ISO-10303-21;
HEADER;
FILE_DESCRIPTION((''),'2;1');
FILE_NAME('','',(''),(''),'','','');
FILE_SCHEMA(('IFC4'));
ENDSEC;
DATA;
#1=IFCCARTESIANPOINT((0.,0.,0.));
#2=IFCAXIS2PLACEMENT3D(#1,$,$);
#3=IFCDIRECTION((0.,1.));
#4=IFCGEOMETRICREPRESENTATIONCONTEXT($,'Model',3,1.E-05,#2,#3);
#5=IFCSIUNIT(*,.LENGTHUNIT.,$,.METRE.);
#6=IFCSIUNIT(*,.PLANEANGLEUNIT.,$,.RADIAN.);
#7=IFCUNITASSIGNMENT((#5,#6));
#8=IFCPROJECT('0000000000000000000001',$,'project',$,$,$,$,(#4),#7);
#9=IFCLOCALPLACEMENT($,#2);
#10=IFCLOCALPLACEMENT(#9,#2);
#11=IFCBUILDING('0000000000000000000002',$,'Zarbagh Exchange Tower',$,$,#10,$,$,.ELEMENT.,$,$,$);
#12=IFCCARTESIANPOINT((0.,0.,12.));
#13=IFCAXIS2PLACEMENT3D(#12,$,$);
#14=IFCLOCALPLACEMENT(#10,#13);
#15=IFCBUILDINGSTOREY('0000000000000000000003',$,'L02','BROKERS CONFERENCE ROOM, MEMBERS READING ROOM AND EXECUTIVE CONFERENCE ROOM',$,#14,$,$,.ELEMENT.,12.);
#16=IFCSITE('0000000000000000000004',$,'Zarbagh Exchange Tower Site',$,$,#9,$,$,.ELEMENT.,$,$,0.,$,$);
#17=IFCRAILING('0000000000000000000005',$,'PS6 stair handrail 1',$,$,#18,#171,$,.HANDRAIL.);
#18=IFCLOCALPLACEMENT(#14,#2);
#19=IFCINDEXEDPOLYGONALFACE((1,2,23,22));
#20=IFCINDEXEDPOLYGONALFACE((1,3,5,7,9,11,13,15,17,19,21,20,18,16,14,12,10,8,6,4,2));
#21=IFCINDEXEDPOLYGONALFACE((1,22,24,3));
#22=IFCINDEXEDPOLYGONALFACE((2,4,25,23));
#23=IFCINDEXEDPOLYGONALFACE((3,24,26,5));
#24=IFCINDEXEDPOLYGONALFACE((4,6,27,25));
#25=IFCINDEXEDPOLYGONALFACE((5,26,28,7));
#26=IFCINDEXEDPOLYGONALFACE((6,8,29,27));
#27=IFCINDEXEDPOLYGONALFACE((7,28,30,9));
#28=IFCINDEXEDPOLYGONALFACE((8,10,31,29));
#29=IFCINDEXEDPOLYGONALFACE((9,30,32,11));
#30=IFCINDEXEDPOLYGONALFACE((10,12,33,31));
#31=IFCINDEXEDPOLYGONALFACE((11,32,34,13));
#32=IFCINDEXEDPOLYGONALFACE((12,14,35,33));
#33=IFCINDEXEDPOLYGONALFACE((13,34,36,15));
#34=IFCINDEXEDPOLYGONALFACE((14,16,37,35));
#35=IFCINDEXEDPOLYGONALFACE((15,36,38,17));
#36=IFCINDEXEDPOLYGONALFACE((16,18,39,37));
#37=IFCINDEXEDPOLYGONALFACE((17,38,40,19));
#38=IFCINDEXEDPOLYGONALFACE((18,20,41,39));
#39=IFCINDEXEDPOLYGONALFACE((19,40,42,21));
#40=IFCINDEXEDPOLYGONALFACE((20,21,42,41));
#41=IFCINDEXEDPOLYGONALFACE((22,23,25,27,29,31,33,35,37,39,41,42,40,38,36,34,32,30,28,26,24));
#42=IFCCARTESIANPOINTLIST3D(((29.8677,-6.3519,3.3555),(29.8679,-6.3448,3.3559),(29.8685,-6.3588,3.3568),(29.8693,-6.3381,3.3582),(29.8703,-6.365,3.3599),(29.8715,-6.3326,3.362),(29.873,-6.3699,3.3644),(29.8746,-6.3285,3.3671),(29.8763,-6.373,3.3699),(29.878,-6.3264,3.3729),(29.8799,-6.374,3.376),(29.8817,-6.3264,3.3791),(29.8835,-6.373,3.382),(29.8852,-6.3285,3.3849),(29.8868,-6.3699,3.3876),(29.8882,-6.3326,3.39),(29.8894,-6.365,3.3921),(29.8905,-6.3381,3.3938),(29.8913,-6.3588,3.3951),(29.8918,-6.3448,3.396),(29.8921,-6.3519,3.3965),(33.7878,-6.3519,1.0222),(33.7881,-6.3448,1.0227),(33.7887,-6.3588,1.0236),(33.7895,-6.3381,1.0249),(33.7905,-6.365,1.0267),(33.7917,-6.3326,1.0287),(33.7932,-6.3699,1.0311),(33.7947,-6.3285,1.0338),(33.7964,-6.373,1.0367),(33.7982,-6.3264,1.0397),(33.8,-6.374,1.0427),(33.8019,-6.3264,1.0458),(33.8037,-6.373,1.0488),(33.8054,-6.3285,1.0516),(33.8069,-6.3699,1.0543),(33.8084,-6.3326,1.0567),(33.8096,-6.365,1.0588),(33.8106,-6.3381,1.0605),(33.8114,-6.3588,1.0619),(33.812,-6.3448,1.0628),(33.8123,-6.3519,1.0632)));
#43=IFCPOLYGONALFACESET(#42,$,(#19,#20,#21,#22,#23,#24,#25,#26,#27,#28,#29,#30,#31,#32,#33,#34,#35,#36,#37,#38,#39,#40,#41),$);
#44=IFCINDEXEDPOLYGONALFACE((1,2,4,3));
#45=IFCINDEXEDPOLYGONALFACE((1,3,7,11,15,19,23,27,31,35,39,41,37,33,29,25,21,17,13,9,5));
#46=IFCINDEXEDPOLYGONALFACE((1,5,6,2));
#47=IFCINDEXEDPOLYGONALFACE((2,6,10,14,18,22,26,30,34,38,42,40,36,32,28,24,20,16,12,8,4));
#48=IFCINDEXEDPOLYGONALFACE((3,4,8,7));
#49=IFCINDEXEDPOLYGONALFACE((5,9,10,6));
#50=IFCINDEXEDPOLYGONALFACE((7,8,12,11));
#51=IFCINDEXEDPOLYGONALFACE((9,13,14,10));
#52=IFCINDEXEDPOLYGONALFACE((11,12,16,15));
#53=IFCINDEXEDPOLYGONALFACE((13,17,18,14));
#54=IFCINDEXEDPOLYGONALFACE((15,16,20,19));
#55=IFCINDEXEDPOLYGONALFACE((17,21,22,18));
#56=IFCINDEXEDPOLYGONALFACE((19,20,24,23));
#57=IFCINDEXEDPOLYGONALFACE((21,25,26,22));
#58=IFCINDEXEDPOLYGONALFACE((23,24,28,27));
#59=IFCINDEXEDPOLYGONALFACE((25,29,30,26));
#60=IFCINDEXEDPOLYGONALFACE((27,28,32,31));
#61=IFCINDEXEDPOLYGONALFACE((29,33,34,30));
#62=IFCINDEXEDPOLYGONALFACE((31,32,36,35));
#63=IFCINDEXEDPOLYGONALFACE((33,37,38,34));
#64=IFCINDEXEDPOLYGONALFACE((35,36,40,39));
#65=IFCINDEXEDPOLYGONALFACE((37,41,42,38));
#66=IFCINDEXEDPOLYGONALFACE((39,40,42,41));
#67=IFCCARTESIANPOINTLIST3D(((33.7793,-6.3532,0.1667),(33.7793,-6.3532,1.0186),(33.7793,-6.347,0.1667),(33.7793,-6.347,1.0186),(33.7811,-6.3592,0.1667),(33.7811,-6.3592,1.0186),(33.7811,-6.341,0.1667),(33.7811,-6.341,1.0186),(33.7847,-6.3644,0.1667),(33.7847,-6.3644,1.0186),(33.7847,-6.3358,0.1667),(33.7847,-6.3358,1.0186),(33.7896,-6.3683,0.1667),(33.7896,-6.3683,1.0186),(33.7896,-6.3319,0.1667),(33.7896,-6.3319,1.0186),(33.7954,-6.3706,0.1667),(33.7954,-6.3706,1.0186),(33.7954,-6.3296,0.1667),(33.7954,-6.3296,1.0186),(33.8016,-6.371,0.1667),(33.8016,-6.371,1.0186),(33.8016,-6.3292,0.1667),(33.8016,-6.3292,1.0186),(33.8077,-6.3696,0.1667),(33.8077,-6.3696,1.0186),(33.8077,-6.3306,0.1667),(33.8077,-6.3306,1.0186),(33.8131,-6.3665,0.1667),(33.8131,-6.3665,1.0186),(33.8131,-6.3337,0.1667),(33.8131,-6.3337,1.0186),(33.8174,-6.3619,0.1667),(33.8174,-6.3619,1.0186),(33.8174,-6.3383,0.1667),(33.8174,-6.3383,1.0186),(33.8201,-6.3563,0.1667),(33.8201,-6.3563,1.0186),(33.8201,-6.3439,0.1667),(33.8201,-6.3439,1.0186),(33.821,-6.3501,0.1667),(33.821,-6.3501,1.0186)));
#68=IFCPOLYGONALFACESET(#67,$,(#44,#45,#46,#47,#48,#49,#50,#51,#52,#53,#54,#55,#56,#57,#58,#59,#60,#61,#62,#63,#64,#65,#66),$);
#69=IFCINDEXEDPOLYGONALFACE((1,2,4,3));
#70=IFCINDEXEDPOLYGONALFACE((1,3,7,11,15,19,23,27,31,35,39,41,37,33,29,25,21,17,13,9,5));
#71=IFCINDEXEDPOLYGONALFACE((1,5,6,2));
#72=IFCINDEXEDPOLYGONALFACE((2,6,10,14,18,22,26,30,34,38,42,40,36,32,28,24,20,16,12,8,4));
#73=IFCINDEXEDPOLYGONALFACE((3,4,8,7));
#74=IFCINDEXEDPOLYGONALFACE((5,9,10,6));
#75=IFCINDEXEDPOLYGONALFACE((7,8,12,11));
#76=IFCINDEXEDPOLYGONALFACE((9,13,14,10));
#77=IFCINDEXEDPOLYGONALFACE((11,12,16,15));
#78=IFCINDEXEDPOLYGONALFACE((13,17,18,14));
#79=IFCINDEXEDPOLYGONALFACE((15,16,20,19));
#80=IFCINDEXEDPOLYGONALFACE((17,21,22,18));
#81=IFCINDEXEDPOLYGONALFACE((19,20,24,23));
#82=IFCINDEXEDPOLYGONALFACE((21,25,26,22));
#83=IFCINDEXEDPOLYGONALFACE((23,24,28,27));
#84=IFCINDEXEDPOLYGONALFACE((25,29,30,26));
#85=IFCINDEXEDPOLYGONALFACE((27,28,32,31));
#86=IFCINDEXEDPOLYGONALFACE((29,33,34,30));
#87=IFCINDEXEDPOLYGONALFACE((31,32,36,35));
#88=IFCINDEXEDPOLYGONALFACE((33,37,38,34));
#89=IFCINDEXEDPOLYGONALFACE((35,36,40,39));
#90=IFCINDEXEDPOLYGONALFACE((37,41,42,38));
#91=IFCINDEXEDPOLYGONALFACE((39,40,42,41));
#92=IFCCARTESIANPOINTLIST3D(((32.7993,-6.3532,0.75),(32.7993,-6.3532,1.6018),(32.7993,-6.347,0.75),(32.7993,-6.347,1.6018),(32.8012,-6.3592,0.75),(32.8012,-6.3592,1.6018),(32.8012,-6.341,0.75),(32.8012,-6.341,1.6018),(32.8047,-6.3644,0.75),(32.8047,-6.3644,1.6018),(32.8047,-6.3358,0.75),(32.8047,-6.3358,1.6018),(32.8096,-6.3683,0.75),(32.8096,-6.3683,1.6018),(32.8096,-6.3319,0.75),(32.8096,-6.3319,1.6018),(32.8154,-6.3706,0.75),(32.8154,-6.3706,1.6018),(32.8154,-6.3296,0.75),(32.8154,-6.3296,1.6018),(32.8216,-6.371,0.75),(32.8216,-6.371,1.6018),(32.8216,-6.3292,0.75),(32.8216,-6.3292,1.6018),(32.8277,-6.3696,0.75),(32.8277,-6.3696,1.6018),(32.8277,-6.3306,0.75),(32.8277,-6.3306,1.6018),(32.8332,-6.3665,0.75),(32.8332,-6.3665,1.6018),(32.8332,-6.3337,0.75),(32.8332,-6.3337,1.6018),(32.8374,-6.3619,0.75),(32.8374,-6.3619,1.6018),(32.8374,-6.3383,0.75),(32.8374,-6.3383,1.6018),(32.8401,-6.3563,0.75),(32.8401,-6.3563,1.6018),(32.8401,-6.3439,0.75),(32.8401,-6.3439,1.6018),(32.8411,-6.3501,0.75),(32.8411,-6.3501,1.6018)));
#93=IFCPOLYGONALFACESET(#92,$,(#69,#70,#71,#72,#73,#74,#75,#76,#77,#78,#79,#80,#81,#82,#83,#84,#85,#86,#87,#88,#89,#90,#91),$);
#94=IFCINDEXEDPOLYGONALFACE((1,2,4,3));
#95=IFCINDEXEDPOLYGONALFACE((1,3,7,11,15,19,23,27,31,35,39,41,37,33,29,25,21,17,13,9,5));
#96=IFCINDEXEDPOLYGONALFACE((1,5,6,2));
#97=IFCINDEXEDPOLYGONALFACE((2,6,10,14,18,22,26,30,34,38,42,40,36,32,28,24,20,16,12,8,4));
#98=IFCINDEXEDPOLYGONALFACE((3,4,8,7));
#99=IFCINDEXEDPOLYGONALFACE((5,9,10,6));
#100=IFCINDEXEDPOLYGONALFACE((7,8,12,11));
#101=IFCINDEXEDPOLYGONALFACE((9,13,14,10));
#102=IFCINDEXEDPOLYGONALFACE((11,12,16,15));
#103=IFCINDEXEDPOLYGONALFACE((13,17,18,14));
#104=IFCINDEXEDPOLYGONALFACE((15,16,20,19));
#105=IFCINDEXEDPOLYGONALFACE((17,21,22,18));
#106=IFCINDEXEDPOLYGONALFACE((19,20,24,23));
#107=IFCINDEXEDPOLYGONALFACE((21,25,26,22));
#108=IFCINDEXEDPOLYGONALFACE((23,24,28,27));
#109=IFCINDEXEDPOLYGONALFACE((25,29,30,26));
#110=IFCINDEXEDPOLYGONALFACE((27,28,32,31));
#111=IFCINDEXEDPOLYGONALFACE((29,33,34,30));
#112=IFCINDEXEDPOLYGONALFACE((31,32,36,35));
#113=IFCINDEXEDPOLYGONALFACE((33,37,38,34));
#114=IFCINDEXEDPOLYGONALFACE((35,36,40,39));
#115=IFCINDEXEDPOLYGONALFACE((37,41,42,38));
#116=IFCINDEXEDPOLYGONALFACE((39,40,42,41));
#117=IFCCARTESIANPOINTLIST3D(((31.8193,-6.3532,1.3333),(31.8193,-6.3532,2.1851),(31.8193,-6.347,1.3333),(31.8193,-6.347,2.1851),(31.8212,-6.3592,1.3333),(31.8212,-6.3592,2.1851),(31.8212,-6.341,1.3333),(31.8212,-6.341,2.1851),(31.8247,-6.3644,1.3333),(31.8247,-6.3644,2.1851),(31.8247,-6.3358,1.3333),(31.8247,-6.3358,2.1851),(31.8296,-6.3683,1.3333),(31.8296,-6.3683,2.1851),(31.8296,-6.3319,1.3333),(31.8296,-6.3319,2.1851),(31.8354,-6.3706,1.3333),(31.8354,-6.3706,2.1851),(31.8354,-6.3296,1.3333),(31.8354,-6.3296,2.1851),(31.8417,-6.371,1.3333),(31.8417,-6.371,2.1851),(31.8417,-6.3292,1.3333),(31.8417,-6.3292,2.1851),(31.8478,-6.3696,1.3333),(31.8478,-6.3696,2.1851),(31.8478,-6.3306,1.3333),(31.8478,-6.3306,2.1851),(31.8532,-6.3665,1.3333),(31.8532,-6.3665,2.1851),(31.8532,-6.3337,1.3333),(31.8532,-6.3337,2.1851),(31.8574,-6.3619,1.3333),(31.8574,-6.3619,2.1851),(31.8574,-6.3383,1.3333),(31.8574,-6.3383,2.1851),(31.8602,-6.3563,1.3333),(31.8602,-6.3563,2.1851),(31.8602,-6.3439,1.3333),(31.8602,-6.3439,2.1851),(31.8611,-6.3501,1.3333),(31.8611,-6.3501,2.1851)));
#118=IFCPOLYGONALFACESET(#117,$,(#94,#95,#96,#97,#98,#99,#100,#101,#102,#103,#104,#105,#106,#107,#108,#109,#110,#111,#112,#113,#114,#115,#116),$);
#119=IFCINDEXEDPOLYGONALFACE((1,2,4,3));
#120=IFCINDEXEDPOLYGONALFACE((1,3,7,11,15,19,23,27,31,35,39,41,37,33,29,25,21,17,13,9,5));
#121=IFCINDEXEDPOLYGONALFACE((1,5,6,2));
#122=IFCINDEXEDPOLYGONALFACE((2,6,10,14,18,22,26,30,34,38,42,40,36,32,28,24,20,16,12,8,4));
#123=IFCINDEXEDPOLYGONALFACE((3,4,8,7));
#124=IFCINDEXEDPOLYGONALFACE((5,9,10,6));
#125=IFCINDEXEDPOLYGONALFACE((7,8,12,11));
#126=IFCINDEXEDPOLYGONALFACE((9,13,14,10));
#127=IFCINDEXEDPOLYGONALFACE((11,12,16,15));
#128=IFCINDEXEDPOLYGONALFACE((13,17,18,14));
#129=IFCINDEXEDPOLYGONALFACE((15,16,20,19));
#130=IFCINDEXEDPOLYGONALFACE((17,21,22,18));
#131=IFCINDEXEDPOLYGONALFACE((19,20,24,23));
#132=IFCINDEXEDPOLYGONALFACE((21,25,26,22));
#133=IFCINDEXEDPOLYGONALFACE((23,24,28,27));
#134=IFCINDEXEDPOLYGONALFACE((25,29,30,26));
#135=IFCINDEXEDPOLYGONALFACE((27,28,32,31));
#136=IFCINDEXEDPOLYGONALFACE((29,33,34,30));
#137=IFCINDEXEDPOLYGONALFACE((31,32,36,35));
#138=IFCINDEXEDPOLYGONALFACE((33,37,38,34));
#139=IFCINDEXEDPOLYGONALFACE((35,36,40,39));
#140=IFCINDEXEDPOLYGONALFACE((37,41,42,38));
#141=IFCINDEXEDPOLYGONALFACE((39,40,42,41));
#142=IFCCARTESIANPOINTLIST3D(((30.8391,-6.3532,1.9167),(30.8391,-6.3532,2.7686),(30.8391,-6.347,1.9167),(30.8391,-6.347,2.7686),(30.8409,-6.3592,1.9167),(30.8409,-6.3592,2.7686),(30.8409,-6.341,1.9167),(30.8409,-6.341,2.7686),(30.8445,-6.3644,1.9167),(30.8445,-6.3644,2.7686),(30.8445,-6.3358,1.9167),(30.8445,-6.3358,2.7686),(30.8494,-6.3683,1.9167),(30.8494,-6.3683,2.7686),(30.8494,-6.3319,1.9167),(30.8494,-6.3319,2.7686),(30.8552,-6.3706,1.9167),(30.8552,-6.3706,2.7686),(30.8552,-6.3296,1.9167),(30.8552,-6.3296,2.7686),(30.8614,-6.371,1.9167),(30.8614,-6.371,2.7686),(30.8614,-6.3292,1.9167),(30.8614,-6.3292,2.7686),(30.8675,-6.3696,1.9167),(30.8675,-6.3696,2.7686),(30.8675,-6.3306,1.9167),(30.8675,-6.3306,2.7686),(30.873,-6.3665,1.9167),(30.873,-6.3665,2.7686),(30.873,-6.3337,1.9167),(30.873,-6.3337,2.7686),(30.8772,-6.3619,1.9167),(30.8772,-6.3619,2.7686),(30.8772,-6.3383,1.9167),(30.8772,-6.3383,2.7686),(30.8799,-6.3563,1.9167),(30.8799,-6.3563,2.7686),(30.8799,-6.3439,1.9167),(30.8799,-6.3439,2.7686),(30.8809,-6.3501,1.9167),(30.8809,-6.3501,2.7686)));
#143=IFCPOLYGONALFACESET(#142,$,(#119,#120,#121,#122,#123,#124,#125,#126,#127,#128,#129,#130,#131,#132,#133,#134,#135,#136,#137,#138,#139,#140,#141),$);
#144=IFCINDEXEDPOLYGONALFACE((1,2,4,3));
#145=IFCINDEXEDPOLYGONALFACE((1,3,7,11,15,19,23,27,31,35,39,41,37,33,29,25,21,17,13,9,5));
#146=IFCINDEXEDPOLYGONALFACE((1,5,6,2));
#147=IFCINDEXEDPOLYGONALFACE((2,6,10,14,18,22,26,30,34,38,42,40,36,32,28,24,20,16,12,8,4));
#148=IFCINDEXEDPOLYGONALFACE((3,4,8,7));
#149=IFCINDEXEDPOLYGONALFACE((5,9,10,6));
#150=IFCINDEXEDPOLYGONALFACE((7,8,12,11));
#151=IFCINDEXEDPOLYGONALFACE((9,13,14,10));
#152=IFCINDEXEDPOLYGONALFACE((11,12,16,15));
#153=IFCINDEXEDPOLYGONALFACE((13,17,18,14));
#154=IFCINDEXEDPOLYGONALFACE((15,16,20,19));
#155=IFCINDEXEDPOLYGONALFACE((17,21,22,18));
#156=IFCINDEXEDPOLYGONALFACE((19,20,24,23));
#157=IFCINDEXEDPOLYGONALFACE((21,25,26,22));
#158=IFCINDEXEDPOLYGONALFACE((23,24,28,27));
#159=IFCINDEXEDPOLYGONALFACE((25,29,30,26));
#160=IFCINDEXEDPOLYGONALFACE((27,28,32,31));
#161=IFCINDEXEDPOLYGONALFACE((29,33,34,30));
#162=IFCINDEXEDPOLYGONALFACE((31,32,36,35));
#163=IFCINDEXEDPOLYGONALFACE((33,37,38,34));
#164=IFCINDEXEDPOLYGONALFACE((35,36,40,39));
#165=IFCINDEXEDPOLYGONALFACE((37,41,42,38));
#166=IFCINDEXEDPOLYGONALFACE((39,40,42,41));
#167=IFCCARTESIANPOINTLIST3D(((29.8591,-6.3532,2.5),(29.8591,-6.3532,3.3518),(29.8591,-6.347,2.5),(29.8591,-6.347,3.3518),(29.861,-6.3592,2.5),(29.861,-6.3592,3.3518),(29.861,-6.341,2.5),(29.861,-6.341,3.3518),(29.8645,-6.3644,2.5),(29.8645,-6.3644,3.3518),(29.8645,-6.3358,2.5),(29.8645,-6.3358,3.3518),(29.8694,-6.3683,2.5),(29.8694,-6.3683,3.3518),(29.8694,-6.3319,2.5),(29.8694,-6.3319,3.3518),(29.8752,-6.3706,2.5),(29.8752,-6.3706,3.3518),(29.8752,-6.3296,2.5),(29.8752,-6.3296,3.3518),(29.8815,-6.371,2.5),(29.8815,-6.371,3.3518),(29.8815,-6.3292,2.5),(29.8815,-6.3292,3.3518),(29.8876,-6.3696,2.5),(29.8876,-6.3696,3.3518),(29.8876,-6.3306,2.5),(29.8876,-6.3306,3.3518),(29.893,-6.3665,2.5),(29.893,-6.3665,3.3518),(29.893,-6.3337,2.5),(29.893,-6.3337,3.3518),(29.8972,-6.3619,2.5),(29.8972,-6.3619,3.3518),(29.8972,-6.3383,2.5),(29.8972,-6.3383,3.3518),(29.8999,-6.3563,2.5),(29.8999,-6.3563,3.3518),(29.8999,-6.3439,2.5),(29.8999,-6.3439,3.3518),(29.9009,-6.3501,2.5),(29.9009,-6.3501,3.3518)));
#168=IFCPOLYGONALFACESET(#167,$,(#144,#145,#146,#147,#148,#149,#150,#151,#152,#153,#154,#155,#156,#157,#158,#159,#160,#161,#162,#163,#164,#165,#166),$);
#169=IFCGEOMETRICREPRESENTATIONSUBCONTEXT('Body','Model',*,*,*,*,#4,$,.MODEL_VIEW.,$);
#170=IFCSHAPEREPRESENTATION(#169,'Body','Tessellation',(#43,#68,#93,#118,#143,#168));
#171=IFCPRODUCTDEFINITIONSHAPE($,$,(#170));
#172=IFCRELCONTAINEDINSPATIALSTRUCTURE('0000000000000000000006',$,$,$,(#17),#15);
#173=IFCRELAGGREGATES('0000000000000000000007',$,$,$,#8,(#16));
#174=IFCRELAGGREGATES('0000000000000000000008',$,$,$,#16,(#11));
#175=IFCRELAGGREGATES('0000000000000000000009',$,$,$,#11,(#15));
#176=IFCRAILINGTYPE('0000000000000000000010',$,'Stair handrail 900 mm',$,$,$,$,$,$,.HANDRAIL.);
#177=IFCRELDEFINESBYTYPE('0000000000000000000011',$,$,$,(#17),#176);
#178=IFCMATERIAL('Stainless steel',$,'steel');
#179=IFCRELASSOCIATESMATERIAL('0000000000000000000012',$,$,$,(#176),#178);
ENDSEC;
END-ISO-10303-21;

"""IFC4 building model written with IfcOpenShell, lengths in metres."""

from ifc_helpers import new_model, si_unit, direction, frame, origin, origin_2d, place, context, subcontext, project, spatial, circle, extrude, material, type_object, element, save


model = new_model("IFC4")

# Units and contexts
model_context = context("Model", 3, precision=1e-05, world=origin(), true_north=direction((0.0, 1.0)))
body_context = subcontext(model_context, "Body", "Model", "MODEL_VIEW")
ifc_project = project(units=[si_unit("LENGTHUNIT", "METRE"), si_unit("PLANEANGLEUNIT", "RADIAN")], contexts=[model_context])

# Site, building, storey
site_placement = place(None, origin())
site = spatial("IfcSite", under=ifc_project, at=site_placement, Name="Zarbagh Exchange Tower Site", CompositionType="ELEMENT", RefElevation=0.0)
building_placement = place(site_placement, origin())
building = spatial("IfcBuilding", under=site, at=building_placement, Name="Zarbagh Exchange Tower", CompositionType="ELEMENT")
storey_placement = place(building_placement, frame((0.0, 0.0, 12.0)))
storey = spatial("IfcBuildingStorey", under=building, at=storey_placement, Name="L02", Description="BROKERS CONFERENCE ROOM, MEMBERS READING ROOM AND EXECUTIVE CONFERENCE ROOM", CompositionType="ELEMENT", Elevation=12.0)

# Railing
ifc_material_1 = material(Name="Stainless steel", Category="steel")
railing_type_1 = type_object("IfcRailingType", Name="Stair handrail 900 mm", PredefinedType="HANDRAIL", material=ifc_material_1)
railing_1_placement = place(storey_placement, frame((33.8, -6.3501, 0.1667)))
element("IfcRailing", 1, at=railing_1_placement, inside=storey, type_object=railing_type_1, Name="PS6 stair handrail 1", PredefinedType="HANDRAIL", context=body_context, shape_type="SweptSolid", body=[
    extrude(circle(Radius=0.0239, at=origin_2d()), frame((0.0, 0.0, 0.876), z_axis=(-0.85931, 0.0, 0.511455), x_axis=(0.0, -1.0, 0.0)), (0.0, 0.0, 1.0), 4.562),
    extrude(circle(Radius=0.021, at=origin_2d()), origin(), (0.0, 0.0, 1.0), 0.8518),
    extrude(circle(Radius=0.021, at=origin_2d()), frame((-0.98, 0.0, 0.5833)), (0.0, 0.0, 1.0), 0.8518),
    extrude(circle(Radius=0.021, at=origin_2d()), frame((-1.96, 0.0, 1.1665)), (0.0, 0.0, 1.0), 0.8518),
    extrude(circle(Radius=0.021, at=origin_2d()), frame((-2.9402, 0.0, 1.75)), (0.0, 0.0, 1.0), 0.8518),
    extrude(circle(Radius=0.021, at=origin_2d()), frame((-3.9202, 0.0, 2.3333)), (0.0, 0.0, 1.0), 0.8518),
])

save(model, "model.ifc")
